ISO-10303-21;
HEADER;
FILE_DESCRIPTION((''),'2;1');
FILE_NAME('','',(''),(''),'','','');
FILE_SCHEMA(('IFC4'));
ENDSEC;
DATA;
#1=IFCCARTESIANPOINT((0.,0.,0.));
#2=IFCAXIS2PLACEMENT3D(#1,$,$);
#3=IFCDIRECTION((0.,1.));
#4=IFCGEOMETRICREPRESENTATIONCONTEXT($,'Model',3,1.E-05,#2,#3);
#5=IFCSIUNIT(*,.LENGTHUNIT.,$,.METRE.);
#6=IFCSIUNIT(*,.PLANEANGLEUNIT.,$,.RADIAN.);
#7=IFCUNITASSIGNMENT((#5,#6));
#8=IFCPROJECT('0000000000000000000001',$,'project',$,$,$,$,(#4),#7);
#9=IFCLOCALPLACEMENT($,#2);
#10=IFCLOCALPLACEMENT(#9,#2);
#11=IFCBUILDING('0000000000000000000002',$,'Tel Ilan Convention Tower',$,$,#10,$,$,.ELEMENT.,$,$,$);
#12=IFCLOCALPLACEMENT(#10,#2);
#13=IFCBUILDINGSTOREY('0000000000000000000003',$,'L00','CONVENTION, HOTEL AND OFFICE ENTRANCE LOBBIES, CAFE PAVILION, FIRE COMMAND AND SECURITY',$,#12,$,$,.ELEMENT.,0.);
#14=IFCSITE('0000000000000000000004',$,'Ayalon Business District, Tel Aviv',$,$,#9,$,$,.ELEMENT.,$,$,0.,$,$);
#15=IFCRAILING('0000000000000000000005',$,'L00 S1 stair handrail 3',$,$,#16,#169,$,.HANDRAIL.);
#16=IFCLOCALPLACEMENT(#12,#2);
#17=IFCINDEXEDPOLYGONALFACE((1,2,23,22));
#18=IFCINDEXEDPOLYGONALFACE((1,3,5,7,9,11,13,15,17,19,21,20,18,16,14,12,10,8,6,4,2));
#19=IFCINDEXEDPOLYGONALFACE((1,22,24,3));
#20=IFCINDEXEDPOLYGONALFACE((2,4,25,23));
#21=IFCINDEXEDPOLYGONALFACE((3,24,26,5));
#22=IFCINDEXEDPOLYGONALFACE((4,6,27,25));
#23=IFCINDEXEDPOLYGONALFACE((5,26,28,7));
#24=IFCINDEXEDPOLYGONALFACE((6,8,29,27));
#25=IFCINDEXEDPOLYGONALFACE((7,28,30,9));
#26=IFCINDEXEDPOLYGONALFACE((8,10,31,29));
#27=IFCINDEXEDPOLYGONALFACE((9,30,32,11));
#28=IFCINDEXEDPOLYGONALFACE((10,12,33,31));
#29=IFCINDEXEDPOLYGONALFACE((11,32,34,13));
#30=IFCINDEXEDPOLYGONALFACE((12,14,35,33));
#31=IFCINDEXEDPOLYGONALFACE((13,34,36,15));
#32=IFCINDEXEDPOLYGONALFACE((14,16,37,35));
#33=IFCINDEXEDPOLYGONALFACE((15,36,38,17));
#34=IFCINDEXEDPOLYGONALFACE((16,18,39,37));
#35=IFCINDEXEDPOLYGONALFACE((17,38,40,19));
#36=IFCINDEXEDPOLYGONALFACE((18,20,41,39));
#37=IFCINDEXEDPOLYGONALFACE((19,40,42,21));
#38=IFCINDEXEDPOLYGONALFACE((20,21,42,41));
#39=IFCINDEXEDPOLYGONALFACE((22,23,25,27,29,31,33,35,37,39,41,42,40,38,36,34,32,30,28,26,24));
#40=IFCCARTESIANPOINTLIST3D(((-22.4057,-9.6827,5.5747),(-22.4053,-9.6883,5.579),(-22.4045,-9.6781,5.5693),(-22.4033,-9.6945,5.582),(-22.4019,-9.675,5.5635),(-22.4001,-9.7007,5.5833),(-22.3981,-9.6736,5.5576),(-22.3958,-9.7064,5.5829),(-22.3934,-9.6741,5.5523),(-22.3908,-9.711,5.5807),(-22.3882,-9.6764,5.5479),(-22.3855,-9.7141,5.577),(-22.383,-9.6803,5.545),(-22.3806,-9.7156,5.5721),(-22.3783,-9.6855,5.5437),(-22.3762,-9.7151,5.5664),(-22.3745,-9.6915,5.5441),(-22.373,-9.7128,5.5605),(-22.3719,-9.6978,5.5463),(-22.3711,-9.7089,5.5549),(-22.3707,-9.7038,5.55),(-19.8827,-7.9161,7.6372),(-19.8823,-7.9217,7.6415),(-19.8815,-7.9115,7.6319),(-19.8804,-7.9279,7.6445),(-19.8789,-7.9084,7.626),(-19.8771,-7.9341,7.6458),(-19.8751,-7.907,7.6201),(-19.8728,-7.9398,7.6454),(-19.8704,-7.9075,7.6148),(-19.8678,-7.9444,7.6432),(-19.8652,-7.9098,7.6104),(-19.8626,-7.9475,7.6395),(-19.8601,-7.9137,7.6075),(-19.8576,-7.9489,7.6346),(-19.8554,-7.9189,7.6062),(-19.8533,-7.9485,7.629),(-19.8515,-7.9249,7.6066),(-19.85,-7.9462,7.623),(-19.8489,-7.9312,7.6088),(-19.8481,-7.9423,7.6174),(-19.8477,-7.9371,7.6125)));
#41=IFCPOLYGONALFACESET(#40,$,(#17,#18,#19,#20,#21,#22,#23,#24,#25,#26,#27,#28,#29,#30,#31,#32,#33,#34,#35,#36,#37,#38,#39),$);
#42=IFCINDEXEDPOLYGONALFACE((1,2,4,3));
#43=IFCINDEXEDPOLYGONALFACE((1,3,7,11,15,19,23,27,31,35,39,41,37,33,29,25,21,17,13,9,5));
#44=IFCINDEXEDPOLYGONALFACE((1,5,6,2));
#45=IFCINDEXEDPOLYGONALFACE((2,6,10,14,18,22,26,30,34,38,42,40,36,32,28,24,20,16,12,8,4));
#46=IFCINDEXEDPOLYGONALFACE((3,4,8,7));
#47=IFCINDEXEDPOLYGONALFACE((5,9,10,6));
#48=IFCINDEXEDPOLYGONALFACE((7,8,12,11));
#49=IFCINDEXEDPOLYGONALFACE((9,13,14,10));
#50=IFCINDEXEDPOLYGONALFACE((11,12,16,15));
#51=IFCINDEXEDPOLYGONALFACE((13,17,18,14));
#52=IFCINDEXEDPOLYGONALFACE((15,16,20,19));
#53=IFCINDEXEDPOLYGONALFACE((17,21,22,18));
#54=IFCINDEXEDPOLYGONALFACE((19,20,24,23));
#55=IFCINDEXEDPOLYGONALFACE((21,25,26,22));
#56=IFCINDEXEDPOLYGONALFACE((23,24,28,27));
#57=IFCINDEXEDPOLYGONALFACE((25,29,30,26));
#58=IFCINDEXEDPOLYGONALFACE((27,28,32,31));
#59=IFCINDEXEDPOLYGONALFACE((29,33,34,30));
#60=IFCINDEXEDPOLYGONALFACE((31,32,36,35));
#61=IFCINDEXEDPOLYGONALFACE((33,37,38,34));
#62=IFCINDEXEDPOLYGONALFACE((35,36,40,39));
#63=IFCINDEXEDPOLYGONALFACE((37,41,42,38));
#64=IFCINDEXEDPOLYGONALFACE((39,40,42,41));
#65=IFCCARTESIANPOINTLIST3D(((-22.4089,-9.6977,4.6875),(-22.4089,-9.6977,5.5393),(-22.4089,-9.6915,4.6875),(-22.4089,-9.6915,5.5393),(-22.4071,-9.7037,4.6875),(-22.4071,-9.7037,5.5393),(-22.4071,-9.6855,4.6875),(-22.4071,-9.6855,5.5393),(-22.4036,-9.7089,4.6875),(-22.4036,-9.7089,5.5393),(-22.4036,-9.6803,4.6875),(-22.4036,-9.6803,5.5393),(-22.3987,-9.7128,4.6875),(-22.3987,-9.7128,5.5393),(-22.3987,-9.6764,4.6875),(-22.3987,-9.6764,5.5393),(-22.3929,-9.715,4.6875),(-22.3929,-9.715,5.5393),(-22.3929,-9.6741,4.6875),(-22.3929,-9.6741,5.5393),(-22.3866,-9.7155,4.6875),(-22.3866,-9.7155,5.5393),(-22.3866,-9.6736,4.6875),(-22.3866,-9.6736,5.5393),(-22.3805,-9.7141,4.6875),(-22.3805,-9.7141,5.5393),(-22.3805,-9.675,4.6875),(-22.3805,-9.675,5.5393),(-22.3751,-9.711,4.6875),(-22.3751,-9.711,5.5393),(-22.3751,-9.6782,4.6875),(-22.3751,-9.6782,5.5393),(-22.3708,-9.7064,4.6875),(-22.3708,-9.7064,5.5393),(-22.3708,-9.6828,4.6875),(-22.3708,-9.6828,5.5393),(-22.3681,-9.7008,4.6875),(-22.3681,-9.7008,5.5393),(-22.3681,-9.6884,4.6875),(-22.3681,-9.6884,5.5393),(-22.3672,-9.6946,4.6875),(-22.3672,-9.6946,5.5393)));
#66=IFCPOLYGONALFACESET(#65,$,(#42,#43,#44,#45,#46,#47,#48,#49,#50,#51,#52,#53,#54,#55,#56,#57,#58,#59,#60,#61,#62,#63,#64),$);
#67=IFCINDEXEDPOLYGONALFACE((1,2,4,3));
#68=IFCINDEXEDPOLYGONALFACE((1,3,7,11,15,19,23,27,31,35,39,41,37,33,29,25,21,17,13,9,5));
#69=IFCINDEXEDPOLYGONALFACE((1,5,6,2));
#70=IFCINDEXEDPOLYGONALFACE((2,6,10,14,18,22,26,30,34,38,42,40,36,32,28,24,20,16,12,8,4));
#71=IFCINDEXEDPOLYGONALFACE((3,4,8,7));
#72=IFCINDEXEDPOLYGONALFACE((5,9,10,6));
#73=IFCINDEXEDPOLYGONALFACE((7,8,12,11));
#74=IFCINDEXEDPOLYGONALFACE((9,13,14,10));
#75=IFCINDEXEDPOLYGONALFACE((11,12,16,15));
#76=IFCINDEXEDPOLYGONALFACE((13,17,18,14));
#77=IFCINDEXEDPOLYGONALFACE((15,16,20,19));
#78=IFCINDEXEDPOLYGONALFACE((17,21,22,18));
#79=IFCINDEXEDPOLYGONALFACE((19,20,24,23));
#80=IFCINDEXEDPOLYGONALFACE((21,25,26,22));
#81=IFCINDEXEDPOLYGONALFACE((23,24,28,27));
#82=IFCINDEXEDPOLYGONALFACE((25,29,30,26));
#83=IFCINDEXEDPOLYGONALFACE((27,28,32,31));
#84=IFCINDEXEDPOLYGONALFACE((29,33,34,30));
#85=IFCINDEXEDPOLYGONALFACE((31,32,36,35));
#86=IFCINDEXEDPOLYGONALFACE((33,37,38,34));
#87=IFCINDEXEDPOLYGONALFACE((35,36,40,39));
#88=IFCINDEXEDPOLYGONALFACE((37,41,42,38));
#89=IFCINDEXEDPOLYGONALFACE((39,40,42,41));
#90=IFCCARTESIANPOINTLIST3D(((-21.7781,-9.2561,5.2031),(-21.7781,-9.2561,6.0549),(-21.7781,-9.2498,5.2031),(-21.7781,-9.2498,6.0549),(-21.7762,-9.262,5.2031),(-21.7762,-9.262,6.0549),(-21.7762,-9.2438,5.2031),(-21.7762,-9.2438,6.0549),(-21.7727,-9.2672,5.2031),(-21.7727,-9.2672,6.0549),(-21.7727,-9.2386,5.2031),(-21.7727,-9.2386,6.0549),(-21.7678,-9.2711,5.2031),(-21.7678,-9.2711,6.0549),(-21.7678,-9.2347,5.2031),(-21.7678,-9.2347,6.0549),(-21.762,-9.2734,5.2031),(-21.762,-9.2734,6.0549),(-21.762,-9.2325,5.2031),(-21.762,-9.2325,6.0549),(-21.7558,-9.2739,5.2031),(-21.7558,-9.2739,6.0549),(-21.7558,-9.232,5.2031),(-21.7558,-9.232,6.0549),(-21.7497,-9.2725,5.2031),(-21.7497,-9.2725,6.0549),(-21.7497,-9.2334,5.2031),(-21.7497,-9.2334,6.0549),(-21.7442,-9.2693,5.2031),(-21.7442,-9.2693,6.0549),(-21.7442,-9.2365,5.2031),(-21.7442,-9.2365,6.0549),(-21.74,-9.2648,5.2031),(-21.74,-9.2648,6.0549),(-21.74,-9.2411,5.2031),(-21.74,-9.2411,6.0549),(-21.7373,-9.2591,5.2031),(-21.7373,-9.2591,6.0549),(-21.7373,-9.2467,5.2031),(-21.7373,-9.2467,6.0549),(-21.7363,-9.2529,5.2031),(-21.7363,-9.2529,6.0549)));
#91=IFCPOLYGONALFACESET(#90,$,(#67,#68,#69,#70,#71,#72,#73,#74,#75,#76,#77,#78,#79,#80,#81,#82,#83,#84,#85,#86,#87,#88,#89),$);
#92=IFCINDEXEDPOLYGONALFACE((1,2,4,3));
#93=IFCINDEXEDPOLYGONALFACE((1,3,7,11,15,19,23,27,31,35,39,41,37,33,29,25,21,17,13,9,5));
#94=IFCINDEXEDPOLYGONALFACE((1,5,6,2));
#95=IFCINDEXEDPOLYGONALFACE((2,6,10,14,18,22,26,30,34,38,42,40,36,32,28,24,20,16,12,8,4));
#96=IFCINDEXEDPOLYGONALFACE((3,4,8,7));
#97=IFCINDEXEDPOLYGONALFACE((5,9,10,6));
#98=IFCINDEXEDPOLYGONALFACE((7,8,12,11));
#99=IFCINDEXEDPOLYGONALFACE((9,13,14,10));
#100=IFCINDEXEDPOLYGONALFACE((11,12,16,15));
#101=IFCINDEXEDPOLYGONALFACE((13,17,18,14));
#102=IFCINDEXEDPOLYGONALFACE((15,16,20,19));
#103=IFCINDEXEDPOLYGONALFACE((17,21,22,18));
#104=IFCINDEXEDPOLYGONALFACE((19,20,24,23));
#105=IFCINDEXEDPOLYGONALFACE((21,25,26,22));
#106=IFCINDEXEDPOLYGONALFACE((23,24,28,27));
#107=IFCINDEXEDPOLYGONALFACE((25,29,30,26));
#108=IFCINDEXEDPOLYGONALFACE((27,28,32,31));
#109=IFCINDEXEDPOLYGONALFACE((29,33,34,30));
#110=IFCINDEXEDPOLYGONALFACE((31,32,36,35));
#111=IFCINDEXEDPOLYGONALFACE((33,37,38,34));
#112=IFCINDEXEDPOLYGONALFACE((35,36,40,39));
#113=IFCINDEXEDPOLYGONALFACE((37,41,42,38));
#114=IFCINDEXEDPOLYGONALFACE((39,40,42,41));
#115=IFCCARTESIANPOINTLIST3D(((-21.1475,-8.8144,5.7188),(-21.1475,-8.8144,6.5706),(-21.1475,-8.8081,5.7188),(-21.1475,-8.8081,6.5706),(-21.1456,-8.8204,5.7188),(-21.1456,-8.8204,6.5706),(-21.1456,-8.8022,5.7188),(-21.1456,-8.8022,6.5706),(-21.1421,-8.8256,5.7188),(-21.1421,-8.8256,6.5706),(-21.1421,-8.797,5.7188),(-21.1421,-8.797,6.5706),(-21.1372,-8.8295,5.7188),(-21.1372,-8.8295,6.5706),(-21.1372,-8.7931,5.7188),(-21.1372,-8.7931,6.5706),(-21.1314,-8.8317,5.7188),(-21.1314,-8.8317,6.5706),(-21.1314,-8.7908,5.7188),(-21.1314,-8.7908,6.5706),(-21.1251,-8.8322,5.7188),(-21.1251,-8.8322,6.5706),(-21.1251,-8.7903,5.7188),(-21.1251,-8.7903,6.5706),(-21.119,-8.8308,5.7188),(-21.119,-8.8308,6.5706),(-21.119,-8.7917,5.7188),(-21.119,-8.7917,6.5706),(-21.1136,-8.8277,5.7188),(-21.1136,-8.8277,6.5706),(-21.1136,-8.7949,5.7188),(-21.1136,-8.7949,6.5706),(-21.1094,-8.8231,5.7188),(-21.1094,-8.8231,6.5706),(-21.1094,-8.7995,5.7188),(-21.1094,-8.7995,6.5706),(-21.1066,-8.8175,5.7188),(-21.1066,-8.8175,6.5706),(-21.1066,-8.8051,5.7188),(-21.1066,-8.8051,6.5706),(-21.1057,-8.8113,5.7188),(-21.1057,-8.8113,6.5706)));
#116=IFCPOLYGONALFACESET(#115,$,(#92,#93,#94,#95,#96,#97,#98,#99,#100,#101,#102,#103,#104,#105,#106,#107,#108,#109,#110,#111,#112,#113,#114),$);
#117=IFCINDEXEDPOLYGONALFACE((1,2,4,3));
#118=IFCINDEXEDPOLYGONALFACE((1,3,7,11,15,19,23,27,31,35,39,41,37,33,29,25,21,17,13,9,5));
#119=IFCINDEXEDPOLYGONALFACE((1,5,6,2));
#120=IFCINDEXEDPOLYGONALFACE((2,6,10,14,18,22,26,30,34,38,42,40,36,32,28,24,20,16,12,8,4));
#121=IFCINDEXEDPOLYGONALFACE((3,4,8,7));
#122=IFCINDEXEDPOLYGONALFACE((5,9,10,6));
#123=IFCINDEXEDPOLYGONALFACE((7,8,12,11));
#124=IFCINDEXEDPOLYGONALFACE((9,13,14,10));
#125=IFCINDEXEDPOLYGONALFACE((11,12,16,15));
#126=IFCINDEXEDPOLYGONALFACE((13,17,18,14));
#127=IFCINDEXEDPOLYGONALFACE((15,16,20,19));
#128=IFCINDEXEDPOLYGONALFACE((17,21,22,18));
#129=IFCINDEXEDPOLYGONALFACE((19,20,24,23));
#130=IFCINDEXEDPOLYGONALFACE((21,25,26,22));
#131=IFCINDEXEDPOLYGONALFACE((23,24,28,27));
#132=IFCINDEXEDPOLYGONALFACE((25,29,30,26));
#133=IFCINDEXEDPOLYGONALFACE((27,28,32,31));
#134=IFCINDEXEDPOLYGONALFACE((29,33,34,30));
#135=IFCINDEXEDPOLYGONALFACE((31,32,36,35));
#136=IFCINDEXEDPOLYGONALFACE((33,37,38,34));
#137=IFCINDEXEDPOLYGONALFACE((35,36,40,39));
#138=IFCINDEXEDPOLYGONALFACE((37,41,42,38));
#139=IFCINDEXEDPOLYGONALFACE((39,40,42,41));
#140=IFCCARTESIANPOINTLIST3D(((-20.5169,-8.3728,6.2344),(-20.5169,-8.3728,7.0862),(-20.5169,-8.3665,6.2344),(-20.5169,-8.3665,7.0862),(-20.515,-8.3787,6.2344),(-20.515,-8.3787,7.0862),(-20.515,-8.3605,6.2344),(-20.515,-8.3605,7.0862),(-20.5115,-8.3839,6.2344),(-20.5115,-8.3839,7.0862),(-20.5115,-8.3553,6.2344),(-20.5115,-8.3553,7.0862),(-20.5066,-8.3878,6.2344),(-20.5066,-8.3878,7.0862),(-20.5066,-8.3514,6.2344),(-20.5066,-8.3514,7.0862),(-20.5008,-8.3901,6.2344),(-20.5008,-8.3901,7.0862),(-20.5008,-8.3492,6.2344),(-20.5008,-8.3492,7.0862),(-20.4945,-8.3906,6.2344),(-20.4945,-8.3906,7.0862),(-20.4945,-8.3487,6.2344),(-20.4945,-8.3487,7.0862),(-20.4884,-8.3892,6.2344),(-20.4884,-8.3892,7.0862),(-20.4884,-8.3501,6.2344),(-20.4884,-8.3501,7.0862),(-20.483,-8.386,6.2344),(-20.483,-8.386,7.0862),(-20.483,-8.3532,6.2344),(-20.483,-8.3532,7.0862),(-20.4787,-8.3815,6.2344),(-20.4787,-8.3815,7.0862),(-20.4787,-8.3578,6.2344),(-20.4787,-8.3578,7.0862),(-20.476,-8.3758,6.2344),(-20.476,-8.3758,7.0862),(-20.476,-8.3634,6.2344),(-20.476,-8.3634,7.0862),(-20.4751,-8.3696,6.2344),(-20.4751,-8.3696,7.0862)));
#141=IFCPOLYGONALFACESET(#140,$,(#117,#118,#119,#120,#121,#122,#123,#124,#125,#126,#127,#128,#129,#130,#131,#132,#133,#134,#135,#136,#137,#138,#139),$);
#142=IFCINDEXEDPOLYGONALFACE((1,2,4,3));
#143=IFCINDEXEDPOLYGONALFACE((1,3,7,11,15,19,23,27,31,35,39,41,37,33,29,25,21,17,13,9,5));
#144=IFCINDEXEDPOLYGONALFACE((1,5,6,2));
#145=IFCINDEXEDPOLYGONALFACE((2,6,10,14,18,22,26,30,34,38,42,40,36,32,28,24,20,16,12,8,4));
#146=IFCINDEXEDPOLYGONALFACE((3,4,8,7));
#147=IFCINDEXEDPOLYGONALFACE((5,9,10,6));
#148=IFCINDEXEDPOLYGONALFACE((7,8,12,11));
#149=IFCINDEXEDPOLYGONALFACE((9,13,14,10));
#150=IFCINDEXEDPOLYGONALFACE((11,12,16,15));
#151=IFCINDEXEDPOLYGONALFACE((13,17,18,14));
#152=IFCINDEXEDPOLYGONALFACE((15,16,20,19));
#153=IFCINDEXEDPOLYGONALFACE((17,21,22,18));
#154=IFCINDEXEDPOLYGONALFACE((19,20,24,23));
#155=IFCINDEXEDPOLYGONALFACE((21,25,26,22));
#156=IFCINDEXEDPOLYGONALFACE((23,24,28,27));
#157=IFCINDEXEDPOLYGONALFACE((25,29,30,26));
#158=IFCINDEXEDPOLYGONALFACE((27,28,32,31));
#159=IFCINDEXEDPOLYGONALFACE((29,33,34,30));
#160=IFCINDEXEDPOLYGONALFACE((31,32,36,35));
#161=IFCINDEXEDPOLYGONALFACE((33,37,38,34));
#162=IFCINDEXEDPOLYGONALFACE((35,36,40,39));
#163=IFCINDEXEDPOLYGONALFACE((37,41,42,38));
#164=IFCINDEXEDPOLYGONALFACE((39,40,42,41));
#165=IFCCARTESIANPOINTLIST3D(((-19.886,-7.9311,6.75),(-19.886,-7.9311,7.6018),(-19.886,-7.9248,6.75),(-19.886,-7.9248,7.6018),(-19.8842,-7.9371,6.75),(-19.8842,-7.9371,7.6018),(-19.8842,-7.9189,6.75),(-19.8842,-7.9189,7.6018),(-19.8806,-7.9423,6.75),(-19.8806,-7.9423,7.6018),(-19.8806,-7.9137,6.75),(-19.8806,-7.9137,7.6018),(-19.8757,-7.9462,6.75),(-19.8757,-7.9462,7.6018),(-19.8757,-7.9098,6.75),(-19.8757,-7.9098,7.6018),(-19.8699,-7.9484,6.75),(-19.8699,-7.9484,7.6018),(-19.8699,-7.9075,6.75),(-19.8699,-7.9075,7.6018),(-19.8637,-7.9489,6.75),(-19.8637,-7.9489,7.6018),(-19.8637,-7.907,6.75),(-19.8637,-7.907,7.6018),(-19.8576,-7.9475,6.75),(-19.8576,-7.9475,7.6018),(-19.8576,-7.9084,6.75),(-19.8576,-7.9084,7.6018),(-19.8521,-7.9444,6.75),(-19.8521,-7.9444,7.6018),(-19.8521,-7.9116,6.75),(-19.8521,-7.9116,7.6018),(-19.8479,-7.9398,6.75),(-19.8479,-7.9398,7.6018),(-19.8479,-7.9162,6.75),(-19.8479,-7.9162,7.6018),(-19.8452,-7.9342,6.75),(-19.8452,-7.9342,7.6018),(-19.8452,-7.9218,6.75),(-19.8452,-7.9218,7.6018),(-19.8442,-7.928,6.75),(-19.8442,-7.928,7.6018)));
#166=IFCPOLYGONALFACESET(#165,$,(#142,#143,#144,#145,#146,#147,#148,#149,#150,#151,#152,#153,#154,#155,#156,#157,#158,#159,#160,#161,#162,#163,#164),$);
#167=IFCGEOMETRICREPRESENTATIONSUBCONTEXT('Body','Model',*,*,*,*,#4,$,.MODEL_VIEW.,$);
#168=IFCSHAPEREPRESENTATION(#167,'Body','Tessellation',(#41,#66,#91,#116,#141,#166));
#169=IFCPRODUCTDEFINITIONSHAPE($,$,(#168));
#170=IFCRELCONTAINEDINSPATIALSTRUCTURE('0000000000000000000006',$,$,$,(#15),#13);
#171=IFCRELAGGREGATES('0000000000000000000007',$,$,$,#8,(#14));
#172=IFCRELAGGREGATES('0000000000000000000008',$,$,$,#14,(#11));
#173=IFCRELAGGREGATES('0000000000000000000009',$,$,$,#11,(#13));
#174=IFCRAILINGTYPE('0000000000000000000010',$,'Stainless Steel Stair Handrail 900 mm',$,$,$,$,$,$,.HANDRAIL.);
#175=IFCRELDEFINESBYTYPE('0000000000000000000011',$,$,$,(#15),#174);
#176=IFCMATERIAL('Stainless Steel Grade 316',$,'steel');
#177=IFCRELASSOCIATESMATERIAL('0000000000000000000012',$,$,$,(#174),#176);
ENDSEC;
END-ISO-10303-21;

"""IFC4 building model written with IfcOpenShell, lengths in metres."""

from ifc_helpers import new_model, si_unit, direction, frame, origin, origin_2d, place, context, subcontext, project, spatial, circle, extrude, material, type_object, element, save


model = new_model("IFC4")

# Units and contexts
model_context = context("Model", 3, precision=1e-05, world=origin(), true_north=direction((0.0, 1.0)))
body_context = subcontext(model_context, "Body", "Model", "MODEL_VIEW")
ifc_project = project(units=[si_unit("LENGTHUNIT", "METRE"), si_unit("PLANEANGLEUNIT", "RADIAN")], contexts=[model_context])

# Site, building, storey
site_placement = place(None, origin())
site = spatial("IfcSite", under=ifc_project, at=site_placement, Name="Ayalon Business District, Tel Aviv", CompositionType="ELEMENT", RefElevation=0.0)
building_placement = place(site_placement, origin())
building = spatial("IfcBuilding", under=site, at=building_placement, Name="Tel Ilan Convention Tower", CompositionType="ELEMENT")
storey_placement = place(building_placement, origin())
storey = spatial("IfcBuildingStorey", under=building, at=storey_placement, Name="L00", Description="CONVENTION, HOTEL AND OFFICE ENTRANCE LOBBIES, CAFE PAVILION, FIRE COMMAND AND SECURITY", CompositionType="ELEMENT", Elevation=0.0)

# Railing
ifc_material_1 = material(Name="Stainless Steel Grade 316", Category="steel")
railing_type_1 = type_object("IfcRailingType", Name="Stainless Steel Stair Handrail 900 mm", PredefinedType="HANDRAIL", material=ifc_material_1)
railing_1_placement = place(storey_placement, frame((-22.3882, -9.6946, 4.6875)))
element("IfcRailing", 1, at=railing_1_placement, inside=storey, type_object=railing_type_1, Name="L00 S1 stair handrail 3", PredefinedType="HANDRAIL", context=body_context, shape_type="SweptSolid", body=[
    extrude(circle(Radius=0.0239, at=origin_2d()), frame((0.0, 0.0, 0.876), z_axis=(0.680635, 0.476589, 0.556416), x_axis=(-0.573579, 0.81915, 0.0)), (0.0, 0.0, 1.0), 3.7068),
    extrude(circle(Radius=0.021, at=origin_2d()), origin(), (0.0, 0.0, 1.0), 0.8518),
    extrude(circle(Radius=0.021, at=origin_2d()), frame((0.6309, 0.4417, 0.5156)), (0.0, 0.0, 1.0), 0.8518),
    extrude(circle(Radius=0.021, at=origin_2d()), frame((1.2615, 0.8833, 1.0312)), (0.0, 0.0, 1.0), 0.8518),
    extrude(circle(Radius=0.021, at=origin_2d()), frame((1.8921, 1.325, 1.5469)), (0.0, 0.0, 1.0), 0.8518),
    extrude(circle(Radius=0.021, at=origin_2d()), frame((2.5229, 1.7666, 2.0625)), (0.0, 0.0, 1.0), 0.8518),
])

save(model, "model.ifc")
